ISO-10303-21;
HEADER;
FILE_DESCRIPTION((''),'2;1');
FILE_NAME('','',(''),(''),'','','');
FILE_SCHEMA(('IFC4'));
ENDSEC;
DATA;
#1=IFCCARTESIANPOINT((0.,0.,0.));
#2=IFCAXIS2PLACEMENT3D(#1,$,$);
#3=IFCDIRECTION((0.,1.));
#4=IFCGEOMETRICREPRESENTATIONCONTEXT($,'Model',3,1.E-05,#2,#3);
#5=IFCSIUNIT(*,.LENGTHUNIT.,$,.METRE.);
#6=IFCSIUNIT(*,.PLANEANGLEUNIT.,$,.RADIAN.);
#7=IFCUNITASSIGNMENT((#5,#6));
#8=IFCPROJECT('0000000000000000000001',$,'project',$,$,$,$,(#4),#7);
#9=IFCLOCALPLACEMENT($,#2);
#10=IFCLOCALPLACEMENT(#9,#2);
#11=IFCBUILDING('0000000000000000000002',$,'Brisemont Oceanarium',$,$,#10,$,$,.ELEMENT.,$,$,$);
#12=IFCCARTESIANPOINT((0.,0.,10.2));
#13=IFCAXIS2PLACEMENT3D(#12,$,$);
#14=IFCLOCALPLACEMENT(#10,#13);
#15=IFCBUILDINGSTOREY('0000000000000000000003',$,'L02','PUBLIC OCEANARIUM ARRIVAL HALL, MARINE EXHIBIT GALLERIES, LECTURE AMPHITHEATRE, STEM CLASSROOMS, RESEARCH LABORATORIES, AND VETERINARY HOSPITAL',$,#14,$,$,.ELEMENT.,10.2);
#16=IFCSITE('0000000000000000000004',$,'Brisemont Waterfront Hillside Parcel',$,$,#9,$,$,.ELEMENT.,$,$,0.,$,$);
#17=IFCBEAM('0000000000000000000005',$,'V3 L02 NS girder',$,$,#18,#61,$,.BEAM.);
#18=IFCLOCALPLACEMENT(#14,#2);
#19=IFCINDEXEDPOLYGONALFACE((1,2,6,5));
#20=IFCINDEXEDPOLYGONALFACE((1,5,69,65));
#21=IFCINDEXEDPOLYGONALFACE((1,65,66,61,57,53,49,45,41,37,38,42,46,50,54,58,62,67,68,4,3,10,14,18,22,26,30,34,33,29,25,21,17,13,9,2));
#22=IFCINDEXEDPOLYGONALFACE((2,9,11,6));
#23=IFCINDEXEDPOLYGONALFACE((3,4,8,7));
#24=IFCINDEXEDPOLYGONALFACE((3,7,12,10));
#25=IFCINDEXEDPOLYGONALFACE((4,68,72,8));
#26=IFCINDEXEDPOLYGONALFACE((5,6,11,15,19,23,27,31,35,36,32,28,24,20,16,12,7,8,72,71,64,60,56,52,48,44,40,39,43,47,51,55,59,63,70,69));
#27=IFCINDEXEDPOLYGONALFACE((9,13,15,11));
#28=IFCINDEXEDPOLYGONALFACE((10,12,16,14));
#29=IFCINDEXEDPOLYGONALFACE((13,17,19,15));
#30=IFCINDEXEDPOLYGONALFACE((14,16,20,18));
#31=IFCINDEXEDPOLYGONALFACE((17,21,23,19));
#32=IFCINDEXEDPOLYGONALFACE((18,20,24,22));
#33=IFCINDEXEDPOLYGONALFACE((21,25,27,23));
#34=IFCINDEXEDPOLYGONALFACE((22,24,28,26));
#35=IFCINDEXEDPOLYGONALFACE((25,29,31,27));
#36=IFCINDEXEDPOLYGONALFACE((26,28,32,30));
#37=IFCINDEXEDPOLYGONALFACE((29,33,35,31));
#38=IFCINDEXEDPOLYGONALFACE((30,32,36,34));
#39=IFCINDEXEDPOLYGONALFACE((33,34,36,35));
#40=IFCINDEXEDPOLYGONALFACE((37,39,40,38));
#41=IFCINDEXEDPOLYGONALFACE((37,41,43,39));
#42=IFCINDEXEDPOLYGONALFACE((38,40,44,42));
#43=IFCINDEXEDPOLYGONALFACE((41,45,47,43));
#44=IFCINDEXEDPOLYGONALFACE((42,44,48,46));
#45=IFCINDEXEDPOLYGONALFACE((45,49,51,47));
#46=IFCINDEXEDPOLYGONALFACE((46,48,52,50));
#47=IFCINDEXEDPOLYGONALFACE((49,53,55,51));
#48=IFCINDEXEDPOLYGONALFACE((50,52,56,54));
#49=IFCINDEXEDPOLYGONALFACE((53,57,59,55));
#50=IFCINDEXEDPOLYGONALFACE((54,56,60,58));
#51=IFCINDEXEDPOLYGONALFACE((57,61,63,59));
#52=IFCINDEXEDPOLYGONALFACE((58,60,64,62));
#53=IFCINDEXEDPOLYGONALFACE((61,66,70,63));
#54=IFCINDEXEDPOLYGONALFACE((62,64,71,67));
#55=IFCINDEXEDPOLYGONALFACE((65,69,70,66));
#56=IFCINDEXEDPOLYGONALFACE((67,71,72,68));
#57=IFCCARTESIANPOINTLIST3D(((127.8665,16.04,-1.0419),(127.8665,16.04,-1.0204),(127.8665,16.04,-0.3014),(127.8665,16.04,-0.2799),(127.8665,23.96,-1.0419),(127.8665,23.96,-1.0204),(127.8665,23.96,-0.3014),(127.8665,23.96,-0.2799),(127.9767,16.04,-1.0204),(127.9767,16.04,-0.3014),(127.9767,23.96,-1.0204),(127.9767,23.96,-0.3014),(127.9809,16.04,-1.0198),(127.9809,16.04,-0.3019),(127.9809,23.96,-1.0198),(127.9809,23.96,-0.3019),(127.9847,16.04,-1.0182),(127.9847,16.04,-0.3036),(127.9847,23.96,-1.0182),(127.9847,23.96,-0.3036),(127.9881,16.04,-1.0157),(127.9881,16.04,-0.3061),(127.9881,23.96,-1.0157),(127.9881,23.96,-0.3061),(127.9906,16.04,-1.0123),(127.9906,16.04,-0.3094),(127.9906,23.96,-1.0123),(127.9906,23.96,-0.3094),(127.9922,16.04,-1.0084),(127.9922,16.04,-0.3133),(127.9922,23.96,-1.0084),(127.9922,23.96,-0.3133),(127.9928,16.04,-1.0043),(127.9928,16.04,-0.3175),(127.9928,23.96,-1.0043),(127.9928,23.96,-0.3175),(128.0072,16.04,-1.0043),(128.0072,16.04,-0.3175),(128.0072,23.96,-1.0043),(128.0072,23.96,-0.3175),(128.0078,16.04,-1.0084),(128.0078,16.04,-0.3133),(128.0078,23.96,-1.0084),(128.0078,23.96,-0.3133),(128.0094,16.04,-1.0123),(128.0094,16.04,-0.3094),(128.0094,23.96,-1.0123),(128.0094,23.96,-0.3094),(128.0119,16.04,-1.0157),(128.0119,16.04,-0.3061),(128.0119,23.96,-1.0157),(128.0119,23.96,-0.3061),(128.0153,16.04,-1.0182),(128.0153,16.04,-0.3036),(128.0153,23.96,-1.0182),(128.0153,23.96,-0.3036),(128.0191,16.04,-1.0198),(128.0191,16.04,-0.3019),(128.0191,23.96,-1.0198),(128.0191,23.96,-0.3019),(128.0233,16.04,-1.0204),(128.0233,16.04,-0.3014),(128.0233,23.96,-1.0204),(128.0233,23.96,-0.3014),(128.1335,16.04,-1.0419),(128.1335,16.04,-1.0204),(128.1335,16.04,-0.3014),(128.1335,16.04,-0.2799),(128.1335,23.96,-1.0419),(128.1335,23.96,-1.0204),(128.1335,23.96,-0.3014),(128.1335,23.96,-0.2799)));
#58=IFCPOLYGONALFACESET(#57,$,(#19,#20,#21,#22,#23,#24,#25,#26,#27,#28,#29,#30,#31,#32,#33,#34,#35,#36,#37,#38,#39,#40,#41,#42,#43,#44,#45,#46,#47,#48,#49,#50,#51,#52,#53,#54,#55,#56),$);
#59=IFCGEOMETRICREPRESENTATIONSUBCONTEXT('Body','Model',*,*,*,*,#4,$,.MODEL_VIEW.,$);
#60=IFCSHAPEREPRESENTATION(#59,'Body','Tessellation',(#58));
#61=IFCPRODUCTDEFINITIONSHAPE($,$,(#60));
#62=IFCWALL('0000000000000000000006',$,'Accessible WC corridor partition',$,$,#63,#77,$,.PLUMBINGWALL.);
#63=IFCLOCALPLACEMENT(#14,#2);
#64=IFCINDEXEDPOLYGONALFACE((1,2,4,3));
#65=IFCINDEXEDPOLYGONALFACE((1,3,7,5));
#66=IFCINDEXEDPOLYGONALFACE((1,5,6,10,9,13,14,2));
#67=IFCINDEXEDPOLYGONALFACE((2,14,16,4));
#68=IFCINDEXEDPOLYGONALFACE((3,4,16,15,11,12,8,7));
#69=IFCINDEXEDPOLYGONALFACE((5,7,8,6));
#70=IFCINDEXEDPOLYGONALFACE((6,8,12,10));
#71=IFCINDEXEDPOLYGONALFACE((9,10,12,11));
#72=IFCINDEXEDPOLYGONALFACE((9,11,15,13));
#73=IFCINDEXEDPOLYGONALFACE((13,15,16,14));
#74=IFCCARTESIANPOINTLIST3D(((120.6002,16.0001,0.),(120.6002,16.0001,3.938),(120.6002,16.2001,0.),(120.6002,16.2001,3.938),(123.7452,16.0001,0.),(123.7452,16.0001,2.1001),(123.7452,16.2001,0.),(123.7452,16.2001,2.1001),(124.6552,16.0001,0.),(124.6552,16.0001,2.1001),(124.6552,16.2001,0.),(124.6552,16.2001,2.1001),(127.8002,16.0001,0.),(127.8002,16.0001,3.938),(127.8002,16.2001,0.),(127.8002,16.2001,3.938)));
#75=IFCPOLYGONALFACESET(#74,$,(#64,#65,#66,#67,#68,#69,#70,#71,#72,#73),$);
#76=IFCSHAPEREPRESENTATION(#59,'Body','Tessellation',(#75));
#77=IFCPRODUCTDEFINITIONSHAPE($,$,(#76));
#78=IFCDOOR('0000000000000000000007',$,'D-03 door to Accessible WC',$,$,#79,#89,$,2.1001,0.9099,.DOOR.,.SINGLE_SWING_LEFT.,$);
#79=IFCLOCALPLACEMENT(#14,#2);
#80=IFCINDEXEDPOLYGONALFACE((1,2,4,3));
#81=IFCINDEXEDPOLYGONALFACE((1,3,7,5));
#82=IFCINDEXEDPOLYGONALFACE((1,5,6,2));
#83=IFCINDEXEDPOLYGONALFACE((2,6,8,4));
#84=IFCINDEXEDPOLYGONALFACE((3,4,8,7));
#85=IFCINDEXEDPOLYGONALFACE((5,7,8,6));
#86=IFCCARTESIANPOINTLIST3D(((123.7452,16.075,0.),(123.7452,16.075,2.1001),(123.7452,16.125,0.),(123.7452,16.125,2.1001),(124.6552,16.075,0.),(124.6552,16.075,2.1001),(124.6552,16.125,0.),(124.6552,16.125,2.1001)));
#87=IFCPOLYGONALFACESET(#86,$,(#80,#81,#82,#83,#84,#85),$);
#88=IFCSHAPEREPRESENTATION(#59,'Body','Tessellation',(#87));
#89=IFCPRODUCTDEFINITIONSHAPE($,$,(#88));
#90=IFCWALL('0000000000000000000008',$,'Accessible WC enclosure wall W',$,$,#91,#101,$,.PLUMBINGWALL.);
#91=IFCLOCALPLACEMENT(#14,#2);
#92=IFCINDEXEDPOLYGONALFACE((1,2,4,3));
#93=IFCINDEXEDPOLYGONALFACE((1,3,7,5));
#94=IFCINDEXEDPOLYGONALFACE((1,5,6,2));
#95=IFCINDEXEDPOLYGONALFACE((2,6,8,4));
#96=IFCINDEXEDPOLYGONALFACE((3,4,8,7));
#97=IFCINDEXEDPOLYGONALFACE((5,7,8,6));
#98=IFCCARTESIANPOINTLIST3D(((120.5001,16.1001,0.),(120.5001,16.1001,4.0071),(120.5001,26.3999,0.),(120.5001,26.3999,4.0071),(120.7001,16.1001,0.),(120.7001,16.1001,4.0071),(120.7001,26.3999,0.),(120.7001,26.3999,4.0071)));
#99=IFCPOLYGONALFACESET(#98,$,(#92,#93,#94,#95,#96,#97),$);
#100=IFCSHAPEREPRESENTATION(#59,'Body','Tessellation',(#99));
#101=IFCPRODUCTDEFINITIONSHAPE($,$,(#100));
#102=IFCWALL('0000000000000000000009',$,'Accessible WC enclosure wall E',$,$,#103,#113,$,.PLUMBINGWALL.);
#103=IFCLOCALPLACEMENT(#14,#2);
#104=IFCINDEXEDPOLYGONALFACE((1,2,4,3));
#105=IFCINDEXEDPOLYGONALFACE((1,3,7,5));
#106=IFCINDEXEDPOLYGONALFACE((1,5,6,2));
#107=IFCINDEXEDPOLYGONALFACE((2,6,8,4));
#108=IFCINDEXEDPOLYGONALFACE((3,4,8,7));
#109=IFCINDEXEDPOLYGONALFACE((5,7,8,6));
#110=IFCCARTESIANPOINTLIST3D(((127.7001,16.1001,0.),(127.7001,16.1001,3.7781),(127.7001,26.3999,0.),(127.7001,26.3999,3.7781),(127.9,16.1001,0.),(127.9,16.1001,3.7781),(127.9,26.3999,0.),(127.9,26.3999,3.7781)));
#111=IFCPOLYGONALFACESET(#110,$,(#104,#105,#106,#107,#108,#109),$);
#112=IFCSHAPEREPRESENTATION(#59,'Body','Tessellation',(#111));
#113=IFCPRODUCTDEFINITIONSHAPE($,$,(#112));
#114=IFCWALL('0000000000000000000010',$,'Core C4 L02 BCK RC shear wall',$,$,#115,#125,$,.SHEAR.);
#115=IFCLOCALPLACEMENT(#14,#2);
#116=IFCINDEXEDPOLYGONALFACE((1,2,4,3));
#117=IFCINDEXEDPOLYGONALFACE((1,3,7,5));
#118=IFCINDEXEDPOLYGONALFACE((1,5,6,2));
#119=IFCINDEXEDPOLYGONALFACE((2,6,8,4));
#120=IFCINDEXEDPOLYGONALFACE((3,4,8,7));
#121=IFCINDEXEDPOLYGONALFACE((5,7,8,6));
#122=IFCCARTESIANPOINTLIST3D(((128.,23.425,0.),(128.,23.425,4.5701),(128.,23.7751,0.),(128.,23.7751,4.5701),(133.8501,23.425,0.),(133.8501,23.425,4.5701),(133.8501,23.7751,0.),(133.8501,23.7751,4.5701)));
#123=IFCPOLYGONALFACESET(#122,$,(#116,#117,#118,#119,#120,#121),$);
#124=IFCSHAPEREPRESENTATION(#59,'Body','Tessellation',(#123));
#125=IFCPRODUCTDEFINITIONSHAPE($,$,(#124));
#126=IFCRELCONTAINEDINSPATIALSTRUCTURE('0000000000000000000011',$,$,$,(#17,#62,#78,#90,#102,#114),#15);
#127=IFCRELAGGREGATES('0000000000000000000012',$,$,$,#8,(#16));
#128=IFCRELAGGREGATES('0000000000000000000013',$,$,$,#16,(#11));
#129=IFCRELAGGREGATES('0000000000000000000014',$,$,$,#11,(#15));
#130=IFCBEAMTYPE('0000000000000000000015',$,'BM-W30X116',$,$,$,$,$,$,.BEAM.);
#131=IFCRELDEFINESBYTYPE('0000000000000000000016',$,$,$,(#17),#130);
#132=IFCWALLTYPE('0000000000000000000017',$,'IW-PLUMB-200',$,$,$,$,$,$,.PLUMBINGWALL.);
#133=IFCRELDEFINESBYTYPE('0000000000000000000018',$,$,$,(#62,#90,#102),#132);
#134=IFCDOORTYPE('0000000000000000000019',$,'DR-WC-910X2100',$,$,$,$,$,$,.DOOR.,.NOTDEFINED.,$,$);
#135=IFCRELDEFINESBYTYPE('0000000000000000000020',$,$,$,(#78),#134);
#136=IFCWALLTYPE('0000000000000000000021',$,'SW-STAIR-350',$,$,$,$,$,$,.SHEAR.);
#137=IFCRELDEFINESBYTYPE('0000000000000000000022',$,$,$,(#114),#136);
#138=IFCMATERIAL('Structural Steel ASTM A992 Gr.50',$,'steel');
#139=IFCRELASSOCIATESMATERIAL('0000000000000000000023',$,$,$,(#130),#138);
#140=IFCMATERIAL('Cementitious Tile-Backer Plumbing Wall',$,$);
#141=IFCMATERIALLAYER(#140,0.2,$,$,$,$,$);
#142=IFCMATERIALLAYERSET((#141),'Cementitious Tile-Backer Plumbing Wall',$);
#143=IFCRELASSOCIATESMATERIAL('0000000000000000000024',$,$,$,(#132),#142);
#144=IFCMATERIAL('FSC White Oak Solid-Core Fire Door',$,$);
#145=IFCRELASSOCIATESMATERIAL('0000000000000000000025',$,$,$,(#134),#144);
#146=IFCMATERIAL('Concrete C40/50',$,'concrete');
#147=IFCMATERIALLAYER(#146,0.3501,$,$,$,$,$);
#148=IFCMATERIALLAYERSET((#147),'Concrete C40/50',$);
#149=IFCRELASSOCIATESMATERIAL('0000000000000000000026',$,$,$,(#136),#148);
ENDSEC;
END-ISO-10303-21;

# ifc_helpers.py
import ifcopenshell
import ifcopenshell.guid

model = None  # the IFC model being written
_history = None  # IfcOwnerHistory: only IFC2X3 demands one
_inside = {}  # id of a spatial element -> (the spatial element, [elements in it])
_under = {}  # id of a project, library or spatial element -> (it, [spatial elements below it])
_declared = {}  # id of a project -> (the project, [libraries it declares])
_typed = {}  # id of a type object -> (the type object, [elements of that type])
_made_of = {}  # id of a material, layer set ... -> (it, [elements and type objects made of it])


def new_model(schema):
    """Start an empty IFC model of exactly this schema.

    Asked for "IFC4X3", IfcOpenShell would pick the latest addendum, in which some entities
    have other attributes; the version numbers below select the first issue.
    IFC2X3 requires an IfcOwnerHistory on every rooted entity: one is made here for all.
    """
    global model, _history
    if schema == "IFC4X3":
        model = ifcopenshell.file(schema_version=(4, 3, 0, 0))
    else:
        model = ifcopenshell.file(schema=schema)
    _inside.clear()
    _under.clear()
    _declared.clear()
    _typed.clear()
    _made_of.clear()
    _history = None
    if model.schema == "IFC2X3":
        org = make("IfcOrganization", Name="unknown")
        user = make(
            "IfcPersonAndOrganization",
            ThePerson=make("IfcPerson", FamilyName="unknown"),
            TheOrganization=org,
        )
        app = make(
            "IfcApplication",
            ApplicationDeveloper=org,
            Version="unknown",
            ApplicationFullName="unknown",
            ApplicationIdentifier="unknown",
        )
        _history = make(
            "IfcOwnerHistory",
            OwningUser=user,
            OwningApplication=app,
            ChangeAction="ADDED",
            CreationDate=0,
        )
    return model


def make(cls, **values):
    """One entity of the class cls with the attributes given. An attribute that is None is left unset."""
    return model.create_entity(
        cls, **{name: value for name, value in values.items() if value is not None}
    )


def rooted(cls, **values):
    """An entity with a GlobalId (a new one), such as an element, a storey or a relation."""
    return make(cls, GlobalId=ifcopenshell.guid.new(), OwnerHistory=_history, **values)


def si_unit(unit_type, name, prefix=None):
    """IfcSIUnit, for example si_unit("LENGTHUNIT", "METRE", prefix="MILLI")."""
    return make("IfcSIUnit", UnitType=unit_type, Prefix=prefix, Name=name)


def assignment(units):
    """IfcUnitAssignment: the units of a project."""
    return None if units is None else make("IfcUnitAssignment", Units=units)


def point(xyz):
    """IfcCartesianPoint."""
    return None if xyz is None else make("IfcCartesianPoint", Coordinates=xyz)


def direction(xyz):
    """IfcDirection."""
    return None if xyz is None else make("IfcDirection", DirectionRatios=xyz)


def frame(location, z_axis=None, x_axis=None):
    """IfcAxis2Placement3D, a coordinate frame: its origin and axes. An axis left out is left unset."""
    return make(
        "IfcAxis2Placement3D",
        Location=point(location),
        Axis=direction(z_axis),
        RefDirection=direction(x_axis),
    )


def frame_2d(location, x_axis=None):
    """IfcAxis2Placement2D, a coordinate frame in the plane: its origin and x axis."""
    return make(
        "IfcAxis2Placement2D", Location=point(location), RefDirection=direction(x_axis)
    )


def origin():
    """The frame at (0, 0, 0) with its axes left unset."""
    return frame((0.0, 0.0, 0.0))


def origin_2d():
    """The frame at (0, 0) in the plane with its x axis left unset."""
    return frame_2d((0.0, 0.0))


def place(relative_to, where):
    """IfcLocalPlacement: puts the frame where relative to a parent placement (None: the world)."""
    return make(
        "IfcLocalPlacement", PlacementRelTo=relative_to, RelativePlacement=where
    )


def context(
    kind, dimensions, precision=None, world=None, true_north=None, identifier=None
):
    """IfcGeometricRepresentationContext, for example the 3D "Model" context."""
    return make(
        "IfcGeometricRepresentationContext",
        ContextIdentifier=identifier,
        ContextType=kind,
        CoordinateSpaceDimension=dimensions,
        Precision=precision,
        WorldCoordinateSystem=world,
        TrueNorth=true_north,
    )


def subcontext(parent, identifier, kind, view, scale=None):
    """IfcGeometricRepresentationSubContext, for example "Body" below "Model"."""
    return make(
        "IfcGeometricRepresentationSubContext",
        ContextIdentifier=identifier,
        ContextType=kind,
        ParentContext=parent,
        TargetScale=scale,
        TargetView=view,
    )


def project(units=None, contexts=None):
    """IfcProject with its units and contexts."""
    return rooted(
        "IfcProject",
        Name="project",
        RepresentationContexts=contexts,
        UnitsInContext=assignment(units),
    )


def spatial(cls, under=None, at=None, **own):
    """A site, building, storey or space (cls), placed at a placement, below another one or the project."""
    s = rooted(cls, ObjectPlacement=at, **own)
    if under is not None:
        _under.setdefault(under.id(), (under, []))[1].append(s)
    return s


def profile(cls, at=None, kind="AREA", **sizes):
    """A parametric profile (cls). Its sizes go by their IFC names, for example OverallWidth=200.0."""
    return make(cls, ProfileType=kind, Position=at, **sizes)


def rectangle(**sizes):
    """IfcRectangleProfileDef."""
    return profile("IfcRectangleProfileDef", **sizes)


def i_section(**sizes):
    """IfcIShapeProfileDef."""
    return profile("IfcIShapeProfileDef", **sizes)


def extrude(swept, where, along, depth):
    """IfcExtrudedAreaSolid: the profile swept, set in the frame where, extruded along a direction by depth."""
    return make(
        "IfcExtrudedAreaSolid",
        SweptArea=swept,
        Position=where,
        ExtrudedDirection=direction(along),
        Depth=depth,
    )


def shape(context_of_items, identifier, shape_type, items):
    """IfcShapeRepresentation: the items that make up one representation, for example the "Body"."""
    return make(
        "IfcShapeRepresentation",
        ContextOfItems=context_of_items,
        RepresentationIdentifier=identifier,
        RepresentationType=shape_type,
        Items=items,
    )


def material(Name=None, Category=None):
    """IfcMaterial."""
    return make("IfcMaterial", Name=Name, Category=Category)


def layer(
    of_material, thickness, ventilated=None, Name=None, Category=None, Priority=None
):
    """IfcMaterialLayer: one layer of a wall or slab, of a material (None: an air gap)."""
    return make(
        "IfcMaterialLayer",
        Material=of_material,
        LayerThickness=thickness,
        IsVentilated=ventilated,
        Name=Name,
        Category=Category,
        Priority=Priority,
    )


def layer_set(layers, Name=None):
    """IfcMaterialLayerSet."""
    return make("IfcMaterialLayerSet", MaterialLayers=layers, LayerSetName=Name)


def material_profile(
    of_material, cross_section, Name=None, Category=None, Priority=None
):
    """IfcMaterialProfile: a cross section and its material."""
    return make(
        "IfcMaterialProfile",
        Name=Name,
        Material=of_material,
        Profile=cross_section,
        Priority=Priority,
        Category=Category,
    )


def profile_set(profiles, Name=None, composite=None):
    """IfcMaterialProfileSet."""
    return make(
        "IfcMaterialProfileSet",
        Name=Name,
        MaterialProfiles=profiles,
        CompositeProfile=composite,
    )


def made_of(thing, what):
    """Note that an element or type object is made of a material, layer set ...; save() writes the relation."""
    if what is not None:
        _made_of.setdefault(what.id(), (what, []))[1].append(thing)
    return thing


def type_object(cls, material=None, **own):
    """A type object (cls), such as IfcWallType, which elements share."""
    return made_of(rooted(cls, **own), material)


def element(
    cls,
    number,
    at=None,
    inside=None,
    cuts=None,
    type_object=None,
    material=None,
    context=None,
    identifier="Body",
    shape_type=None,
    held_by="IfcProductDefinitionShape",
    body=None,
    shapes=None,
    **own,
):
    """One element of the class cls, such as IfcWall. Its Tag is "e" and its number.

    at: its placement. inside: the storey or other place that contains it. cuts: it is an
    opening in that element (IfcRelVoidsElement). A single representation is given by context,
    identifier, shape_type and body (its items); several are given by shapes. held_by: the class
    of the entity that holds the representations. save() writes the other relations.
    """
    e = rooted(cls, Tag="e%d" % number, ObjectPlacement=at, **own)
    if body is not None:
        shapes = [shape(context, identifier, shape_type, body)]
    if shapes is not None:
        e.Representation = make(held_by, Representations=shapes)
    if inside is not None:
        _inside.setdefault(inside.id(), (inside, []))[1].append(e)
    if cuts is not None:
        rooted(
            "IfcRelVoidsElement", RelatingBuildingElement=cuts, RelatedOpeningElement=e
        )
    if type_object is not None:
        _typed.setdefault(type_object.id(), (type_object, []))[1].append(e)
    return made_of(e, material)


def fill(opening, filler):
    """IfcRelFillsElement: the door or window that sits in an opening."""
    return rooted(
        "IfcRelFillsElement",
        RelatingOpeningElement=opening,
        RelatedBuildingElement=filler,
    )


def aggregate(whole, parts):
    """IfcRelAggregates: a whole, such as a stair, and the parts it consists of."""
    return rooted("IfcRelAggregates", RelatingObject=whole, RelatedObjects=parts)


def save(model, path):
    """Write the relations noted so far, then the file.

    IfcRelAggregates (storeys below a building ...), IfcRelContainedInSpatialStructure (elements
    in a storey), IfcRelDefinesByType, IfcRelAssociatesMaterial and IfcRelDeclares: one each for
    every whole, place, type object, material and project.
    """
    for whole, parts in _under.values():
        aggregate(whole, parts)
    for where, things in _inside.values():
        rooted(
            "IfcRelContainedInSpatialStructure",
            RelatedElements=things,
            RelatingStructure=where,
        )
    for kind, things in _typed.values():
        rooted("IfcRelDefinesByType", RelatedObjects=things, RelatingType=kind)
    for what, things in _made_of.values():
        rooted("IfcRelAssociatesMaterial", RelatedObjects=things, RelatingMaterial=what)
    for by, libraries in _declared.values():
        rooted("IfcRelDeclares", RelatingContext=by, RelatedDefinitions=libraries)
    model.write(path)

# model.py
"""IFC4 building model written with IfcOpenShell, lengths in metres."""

from ifc_helpers import new_model, si_unit, direction, frame, frame_2d, origin, origin_2d, place, context, subcontext, project, spatial, rectangle, i_section, extrude, material, layer, layer_set, material_profile, profile_set, type_object, element, fill, save


model = new_model("IFC4")

# Units and contexts
model_context = context("Model", 3, precision=1e-05, world=origin(), true_north=direction((0.0, 1.0)))
body_context = subcontext(model_context, "Body", "Model", "MODEL_VIEW")
ifc_project = project(units=[si_unit("LENGTHUNIT", "METRE"), si_unit("PLANEANGLEUNIT", "RADIAN")], contexts=[model_context])

# Site, building, storey
site_placement = place(None, origin())
site = spatial("IfcSite", under=ifc_project, at=site_placement, Name="Brisemont Waterfront Hillside Parcel", CompositionType="ELEMENT", RefElevation=0.0)
building_placement = place(site_placement, origin())
building = spatial("IfcBuilding", under=site, at=building_placement, Name="Brisemont Oceanarium", CompositionType="ELEMENT")
storey_placement = place(building_placement, frame((0.0, 0.0, 10.2)))
storey = spatial("IfcBuildingStorey", under=building, at=storey_placement, Name="L02", Description="PUBLIC OCEANARIUM ARRIVAL HALL, MARINE EXHIBIT GALLERIES, LECTURE AMPHITHEATRE, STEM CLASSROOMS, RESEARCH LABORATORIES, AND VETERINARY HOSPITAL", CompositionType="ELEMENT", Elevation=10.2)

# Beam
ifc_material_1 = material(Name="Structural Steel ASTM A992 Gr.50", Category="steel")
ifc_material_profile_1 = material_profile(ifc_material_1, i_section(OverallWidth=0.2671, OverallDepth=0.762, WebThickness=0.0144, FlangeThickness=0.0215, FilletRadius=0.0161, at=origin_2d()), Name="W30X116")
ifc_profile_set_1 = profile_set([ifc_material_profile_1], Name="Structural Steel ASTM A992 Gr.50")
beam_type_1 = type_object("IfcBeamType", Name="BM-W30X116", PredefinedType="BEAM", material=ifc_profile_set_1)
beam_1_placement = place(storey_placement, frame((128.0, 16.04, -0.6609), z_axis=(0.0, 1.0, 0.0), x_axis=(-1.0, 0.0, 0.0)))
element("IfcBeam", 1, at=beam_1_placement, inside=storey, type_object=beam_type_1, Name="V3 L02 NS girder", PredefinedType="BEAM", context=body_context, shape_type="SweptSolid", body=[
    extrude(i_section(OverallWidth=0.2671, OverallDepth=0.762, WebThickness=0.0144, FlangeThickness=0.0215, FilletRadius=0.0161, at=origin_2d()), origin(), (0.0, 0.0, 1.0), 7.9199),
])

# Wall, opening, door
ifc_material_2 = material(Name="Cementitious Tile-Backer Plumbing Wall")
ifc_layer_1 = layer(ifc_material_2, 0.2)
ifc_layer_set_1 = layer_set([ifc_layer_1], Name="Cementitious Tile-Backer Plumbing Wall")
wall_type_1 = type_object("IfcWallType", Name="IW-PLUMB-200", PredefinedType="PLUMBINGWALL", material=ifc_layer_set_1)
wall_1_placement = place(storey_placement, frame((120.6001, 16.1001, 0.0), z_axis=(0.0, 0.0, 1.0), x_axis=(1.0, 0.0, 0.0)))
wall_1 = element("IfcWall", 2, at=wall_1_placement, inside=storey, type_object=wall_type_1, Name="Accessible WC corridor partition", PredefinedType="PLUMBINGWALL", context=body_context, shape_type="SweptSolid", body=[
    extrude(rectangle(XDim=7.2, YDim=0.2, at=frame_2d((3.6001, 0.0))), origin(), (0.0, 0.0, 1.0), 3.938),
])
opening_1_placement = place(wall_1_placement, frame((3.145, 0.0, 0.0)))
opening_1 = element("IfcOpeningElement", 3, at=opening_1_placement, cuts=wall_1, PredefinedType="OPENING", context=body_context, shape_type="SweptSolid", body=[
    extrude(rectangle(XDim=0.9099, YDim=2.1001, at=frame_2d((0.4551, 1.05))), frame((0.0, 0.1099, 0.0), z_axis=(0.0, -1.0, 0.0), x_axis=(1.0, 0.0, 0.0)), (0.0, 0.0, 1.0), 0.22),
])
ifc_material_3 = material(Name="FSC White Oak Solid-Core Fire Door")
door_type_1 = type_object("IfcDoorType", Name="DR-WC-910X2100", OperationType="NOTDEFINED", PredefinedType="DOOR", material=ifc_material_3)
door_1_placement = place(opening_1_placement, origin())
door_1 = element("IfcDoor", 4, at=door_1_placement, inside=storey, type_object=door_type_1, Name="D-03 door to Accessible WC", OperationType="SINGLE_SWING_LEFT", OverallHeight=2.1001, OverallWidth=0.9099, PredefinedType="DOOR", context=body_context, shape_type="SweptSolid", body=[
    extrude(rectangle(XDim=0.9099, YDim=2.1001, at=frame_2d((0.4551, 1.05))), frame((0.0, 0.0249, 0.0), z_axis=(0.0, -1.0, 0.0), x_axis=(1.0, 0.0, 0.0)), (0.0, 0.0, 1.0), 0.05),
])
fill(opening_1, door_1)

# Walls
wall_2_placement = place(storey_placement, frame((120.6001, 16.1001, 0.0), z_axis=(0.0, 0.0, 1.0), x_axis=(0.0, 1.0, 0.0)))
element("IfcWall", 5, at=wall_2_placement, inside=storey, type_object=wall_type_1, Name="Accessible WC enclosure wall W", PredefinedType="PLUMBINGWALL", context=body_context, shape_type="SweptSolid", body=[
    extrude(rectangle(XDim=10.2998, YDim=0.2, at=frame_2d((5.1499, 0.0))), origin(), (0.0, 0.0, 1.0), 4.0071),
])
wall_3_placement = place(storey_placement, frame((127.8, 16.1001, 0.0), z_axis=(0.0, 0.0, 1.0), x_axis=(0.0, 1.0, 0.0)))
element("IfcWall", 6, at=wall_3_placement, inside=storey, type_object=wall_type_1, Name="Accessible WC enclosure wall E", PredefinedType="PLUMBINGWALL", context=body_context, shape_type="SweptSolid", body=[
    extrude(rectangle(XDim=10.2998, YDim=0.2, at=frame_2d((5.1499, 0.0))), origin(), (0.0, 0.0, 1.0), 3.7781),
])

# Shared definitions
ifc_material_4 = material(Name="Concrete C40/50", Category="concrete")
ifc_layer_2 = layer(ifc_material_4, 0.3501)
ifc_layer_set_2 = layer_set([ifc_layer_2], Name="Concrete C40/50")
wall_type_2 = type_object("IfcWallType", Name="SW-STAIR-350", PredefinedType="SHEAR", material=ifc_layer_set_2)

# Wall
wall_4_placement = place(storey_placement, frame((128.0, 23.6001, 0.0), z_axis=(0.0, 0.0, 1.0), x_axis=(1.0, 0.0, 0.0)))
element("IfcWall", 7, at=wall_4_placement, inside=storey, type_object=wall_type_2, Name="Core C4 L02 BCK RC shear wall", PredefinedType="SHEAR", context=body_context, shape_type="SweptSolid", body=[
    extrude(rectangle(XDim=5.8501, YDim=0.3501, at=frame_2d((2.925, 0.0))), origin(), (0.0, 0.0, 1.0), 4.5701),
])

save(model, "model.ifc")
